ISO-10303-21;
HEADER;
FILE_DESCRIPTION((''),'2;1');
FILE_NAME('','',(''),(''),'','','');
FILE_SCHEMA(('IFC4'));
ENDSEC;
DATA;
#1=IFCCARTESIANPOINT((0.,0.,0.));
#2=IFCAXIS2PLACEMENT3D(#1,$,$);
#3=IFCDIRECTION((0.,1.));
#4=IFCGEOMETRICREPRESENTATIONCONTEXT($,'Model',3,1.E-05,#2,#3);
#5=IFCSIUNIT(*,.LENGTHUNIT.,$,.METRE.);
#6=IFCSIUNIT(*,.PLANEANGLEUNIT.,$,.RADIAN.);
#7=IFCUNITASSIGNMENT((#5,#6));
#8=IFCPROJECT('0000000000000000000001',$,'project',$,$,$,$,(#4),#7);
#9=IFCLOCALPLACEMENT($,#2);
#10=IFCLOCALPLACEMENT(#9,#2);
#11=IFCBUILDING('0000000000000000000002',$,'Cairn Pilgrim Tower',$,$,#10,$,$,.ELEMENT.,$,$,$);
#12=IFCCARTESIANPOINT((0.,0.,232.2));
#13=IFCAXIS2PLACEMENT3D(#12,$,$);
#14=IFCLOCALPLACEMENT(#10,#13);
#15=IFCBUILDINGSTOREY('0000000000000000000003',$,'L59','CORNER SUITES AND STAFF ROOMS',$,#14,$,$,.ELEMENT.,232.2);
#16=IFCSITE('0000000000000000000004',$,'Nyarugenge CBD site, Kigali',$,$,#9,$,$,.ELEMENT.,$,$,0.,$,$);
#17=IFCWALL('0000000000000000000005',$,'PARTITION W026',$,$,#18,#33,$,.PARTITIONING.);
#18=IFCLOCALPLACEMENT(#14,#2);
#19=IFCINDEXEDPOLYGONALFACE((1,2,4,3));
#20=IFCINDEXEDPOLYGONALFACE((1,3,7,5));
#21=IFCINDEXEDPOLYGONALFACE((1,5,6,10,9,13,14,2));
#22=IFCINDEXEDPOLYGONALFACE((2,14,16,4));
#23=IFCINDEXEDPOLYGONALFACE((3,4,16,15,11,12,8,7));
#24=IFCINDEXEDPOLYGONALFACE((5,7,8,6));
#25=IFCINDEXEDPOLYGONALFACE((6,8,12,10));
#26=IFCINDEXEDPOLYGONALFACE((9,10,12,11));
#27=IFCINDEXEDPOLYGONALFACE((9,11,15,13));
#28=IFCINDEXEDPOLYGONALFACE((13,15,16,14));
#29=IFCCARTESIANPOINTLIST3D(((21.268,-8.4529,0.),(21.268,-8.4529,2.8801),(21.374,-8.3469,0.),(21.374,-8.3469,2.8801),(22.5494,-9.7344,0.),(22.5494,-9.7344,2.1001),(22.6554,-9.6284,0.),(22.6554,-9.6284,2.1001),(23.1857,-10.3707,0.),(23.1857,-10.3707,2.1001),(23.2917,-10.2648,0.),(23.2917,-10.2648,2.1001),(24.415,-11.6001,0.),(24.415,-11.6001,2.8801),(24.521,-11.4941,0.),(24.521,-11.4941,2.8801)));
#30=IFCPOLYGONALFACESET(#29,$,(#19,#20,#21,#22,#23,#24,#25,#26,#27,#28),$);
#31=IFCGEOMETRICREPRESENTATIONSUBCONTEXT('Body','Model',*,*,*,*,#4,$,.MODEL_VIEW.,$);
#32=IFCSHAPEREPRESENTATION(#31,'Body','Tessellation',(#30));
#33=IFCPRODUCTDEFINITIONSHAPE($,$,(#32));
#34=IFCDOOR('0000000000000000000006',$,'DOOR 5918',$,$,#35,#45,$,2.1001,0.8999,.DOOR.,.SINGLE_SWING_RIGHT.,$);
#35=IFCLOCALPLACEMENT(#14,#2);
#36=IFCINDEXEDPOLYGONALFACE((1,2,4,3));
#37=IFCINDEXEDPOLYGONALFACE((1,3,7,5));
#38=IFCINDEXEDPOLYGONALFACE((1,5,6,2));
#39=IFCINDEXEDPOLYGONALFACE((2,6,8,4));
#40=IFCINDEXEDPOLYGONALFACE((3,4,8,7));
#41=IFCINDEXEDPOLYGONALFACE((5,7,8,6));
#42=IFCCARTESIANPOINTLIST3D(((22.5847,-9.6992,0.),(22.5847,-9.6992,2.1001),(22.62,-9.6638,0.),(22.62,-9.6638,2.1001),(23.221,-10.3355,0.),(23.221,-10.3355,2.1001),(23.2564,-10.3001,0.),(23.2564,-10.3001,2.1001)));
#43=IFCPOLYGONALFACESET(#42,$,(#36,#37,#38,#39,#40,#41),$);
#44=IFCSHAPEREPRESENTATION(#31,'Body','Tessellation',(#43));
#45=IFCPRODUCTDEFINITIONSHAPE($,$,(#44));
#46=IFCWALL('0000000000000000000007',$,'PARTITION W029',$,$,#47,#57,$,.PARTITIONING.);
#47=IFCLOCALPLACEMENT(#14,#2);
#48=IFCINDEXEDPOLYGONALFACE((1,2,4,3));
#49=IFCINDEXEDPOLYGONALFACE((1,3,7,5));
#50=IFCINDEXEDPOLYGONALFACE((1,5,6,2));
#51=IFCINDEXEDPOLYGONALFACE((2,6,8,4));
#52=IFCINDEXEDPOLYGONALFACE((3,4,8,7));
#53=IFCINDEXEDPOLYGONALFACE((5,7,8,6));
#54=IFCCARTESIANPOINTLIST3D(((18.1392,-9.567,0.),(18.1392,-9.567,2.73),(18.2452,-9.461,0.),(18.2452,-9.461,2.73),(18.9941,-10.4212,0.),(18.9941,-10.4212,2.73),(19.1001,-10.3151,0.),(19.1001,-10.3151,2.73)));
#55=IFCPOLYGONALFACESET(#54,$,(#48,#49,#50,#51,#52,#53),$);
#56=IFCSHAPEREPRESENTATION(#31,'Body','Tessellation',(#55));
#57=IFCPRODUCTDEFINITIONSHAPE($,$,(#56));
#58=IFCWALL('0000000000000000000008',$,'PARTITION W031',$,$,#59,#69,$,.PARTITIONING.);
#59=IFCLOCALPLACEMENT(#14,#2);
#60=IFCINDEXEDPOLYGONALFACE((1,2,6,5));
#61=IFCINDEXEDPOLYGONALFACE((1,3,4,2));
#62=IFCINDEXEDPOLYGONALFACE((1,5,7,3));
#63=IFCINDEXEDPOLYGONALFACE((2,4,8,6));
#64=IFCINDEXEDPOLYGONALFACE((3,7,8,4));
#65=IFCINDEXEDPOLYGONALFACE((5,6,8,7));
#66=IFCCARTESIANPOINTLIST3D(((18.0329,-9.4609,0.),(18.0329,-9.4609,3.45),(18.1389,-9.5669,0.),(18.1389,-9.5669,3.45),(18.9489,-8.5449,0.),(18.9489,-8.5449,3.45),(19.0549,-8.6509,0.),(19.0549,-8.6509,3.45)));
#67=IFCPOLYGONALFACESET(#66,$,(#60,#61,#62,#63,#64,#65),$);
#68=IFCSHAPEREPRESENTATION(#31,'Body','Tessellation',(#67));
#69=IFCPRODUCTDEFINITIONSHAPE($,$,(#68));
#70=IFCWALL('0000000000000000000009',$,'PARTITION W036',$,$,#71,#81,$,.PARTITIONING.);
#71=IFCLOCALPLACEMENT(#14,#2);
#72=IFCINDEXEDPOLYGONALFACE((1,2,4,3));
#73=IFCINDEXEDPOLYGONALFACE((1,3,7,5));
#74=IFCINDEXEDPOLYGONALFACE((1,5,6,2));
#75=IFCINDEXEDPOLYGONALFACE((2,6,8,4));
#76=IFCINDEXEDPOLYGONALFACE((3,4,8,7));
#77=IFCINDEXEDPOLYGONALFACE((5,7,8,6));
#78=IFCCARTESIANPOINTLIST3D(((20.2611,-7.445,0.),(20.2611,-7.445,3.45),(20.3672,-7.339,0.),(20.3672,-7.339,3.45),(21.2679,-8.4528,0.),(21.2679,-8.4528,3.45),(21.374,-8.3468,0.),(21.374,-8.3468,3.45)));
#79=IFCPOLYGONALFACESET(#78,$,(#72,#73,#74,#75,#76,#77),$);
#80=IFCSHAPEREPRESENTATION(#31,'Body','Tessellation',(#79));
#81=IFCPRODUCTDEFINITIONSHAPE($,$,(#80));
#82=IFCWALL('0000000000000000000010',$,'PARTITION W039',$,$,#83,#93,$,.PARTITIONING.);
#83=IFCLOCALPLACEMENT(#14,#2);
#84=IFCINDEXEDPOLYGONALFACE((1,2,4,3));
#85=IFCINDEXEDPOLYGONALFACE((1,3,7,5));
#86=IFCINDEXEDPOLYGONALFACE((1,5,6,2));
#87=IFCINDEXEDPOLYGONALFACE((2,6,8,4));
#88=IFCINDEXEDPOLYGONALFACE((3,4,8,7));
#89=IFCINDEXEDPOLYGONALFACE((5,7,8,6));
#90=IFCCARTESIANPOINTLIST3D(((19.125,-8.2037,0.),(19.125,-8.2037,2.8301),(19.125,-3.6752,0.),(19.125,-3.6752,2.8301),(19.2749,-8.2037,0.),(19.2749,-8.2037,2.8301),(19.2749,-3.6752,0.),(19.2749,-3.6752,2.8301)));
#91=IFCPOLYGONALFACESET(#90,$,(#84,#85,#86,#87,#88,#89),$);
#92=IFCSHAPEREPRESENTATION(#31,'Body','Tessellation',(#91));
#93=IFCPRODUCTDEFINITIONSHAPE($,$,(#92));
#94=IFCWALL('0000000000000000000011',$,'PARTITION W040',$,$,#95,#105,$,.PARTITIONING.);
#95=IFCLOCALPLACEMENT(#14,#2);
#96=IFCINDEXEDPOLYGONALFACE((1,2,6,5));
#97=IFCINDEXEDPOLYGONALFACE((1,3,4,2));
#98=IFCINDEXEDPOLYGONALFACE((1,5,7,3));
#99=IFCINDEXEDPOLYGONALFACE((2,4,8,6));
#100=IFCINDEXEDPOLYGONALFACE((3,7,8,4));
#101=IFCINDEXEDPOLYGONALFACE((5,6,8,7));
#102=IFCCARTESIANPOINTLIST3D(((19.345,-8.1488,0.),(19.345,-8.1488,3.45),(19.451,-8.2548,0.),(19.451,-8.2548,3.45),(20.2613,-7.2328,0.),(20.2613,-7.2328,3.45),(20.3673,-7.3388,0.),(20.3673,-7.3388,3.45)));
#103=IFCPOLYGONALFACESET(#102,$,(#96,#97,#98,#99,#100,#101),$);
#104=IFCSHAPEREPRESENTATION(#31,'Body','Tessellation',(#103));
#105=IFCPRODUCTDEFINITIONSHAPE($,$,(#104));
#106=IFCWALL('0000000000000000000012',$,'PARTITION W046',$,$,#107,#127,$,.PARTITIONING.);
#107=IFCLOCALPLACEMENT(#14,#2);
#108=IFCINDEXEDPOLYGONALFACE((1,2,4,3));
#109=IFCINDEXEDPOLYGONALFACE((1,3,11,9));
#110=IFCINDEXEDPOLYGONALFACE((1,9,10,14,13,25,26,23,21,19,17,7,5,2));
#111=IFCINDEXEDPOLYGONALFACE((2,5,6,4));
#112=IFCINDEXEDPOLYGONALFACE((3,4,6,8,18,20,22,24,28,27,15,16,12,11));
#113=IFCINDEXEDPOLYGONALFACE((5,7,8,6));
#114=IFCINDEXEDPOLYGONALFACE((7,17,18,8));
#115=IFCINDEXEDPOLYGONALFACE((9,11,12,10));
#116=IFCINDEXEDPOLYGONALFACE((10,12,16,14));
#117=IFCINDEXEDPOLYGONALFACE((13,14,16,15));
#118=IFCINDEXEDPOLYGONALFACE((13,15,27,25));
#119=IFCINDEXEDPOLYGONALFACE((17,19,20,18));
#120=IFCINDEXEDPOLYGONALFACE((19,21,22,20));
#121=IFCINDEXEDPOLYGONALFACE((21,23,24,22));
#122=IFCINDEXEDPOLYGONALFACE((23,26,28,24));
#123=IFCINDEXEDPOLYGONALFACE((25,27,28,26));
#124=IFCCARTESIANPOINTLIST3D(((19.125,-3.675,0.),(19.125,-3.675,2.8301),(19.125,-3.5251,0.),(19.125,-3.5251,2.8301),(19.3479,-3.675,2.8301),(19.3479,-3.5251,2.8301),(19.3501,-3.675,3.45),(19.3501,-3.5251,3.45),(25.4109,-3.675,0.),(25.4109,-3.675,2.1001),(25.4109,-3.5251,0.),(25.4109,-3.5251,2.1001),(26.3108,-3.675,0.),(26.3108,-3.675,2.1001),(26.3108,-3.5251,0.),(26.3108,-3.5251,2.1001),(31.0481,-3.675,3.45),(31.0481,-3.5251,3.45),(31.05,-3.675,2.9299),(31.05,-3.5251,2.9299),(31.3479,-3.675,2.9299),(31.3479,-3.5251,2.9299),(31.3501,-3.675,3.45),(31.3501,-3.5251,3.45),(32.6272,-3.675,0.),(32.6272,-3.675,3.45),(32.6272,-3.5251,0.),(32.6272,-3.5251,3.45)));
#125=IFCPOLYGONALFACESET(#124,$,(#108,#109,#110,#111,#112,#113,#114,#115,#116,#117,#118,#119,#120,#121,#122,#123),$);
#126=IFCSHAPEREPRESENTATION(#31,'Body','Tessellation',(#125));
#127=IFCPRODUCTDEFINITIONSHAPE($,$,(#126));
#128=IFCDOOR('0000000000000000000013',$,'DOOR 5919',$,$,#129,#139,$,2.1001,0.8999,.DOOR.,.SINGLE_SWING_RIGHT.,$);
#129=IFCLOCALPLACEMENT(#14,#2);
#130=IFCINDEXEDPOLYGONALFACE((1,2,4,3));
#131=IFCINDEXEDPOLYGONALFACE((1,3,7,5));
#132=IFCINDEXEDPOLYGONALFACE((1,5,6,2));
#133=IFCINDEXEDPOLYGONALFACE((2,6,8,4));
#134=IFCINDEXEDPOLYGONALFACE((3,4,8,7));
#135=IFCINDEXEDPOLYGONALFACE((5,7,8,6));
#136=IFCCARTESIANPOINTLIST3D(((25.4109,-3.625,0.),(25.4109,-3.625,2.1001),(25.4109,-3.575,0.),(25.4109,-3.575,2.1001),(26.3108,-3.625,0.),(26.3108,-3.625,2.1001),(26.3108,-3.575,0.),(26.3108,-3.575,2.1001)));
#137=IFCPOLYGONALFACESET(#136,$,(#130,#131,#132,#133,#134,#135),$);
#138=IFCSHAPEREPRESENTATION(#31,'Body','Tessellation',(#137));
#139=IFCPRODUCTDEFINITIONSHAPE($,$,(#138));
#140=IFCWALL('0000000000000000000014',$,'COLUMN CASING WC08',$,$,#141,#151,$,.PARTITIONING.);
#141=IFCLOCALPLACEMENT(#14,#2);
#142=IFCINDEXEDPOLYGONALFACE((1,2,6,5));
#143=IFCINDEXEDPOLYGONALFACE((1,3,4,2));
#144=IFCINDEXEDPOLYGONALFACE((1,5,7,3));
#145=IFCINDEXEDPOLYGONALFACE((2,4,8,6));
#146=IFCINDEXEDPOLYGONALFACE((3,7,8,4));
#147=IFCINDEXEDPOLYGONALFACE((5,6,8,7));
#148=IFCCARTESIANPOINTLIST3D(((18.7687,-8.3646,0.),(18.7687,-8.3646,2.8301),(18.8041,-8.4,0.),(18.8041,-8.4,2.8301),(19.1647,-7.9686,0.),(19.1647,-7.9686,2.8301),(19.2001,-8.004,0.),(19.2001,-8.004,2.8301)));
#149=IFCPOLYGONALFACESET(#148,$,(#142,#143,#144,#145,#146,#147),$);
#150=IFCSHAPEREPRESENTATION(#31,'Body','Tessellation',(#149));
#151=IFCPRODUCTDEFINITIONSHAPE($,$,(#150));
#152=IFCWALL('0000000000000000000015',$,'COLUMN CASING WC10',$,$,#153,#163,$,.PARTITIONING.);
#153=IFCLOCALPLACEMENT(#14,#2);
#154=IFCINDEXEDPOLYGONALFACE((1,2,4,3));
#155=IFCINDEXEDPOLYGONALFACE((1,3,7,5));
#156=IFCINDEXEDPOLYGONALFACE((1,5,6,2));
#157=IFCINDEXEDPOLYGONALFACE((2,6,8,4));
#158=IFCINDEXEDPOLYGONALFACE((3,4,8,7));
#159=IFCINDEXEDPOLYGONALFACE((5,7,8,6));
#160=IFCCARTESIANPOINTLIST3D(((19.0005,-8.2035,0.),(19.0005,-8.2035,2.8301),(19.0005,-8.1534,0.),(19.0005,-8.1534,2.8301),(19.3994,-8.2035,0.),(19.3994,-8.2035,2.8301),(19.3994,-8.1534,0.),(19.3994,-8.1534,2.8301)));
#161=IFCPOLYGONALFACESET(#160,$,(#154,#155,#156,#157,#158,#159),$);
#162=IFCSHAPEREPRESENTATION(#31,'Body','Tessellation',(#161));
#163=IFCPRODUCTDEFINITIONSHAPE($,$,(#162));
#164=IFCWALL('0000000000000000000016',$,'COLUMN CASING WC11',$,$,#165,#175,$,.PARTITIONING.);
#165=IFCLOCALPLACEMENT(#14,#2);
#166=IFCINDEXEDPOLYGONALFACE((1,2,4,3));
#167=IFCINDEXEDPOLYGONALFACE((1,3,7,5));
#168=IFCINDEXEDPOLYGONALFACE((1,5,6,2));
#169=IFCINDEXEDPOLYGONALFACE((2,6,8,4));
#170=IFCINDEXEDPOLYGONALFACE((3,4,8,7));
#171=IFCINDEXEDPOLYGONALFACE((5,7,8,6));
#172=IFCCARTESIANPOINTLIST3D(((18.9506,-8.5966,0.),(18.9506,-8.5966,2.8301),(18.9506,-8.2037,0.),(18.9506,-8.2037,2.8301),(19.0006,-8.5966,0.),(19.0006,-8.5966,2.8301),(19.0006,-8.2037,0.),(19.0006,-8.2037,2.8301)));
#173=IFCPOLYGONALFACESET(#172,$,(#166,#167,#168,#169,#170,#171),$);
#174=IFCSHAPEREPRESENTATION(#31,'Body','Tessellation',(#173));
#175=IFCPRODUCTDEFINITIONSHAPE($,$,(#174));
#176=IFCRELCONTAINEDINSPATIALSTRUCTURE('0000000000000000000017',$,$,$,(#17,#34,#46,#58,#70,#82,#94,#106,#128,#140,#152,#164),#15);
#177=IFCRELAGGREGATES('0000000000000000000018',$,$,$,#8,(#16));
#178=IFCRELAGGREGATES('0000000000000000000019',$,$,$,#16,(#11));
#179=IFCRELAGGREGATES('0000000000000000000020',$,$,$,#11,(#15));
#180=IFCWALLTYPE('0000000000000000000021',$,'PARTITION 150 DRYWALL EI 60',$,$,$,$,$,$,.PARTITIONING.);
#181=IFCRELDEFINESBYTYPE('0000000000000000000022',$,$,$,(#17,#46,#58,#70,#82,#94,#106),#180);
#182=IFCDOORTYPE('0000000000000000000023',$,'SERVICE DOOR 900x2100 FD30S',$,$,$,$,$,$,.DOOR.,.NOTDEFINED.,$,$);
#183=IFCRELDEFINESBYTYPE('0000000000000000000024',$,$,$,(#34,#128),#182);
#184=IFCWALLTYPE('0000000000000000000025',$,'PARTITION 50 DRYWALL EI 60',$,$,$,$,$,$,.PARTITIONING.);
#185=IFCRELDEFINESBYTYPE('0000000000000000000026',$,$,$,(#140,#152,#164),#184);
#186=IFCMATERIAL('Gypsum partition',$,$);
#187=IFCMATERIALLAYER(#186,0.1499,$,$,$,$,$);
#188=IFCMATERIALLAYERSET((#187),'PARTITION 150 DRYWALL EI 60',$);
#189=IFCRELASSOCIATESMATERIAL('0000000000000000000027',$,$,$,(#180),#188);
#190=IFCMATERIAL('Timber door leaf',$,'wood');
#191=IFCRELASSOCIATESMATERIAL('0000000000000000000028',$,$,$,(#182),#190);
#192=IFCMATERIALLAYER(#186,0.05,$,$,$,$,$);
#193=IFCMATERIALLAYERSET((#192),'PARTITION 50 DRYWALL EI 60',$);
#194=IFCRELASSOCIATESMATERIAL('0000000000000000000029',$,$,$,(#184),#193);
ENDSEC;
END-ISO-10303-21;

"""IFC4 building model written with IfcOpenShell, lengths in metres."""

from ifc_helpers import new_model, si_unit, direction, frame, frame_2d, origin, place, context, subcontext, project, spatial, polyline, rectangle, outline, extrude, material, layer, layer_set, type_object, element, fill, save


model = new_model("IFC4")

# Units and contexts
model_context = context("Model", 3, precision=1e-05, world=origin(), true_north=direction((0.0, 1.0)))
body_context = subcontext(model_context, "Body", "Model", "MODEL_VIEW")
ifc_project = project(units=[si_unit("LENGTHUNIT", "METRE"), si_unit("PLANEANGLEUNIT", "RADIAN")], contexts=[model_context])

# Site, building, storey
site_placement = place(None, origin())
site = spatial("IfcSite", under=ifc_project, at=site_placement, Name="Nyarugenge CBD site, Kigali", CompositionType="ELEMENT", RefElevation=0.0)
building_placement = place(site_placement, origin())
building = spatial("IfcBuilding", under=site, at=building_placement, Name="Cairn Pilgrim Tower", CompositionType="ELEMENT")
storey_placement = place(building_placement, frame((0.0, 0.0, 232.2)))
storey = spatial("IfcBuildingStorey", under=building, at=storey_placement, Name="L59", Description="CORNER SUITES AND STAFF ROOMS", CompositionType="ELEMENT", Elevation=232.2)

# Shared definitions
ifc_material_1 = material(Name="Gypsum partition")
ifc_layer_1 = layer(ifc_material_1, 0.1499)
ifc_layer_set_1 = layer_set([ifc_layer_1], Name="PARTITION 150 DRYWALL EI 60")
wall_type_1 = type_object("IfcWallType", Name="PARTITION 150 DRYWALL EI 60", PredefinedType="PARTITIONING", material=ifc_layer_set_1)
ifc_material_2 = material(Name="Timber door leaf", Category="wood")
door_type_1 = type_object("IfcDoorType", Name="SERVICE DOOR 900x2100 FD30S", OperationType="NOTDEFINED", PredefinedType="DOOR", material=ifc_material_2)

# Wall, opening, door
wall_1_placement = place(storey_placement, frame((24.468, -11.5471, 0.0), z_axis=(0.0, 0.0, 1.0), x_axis=(-0.707079, 0.707134, 0.0)))
wall_1 = element("IfcWall", 1, at=wall_1_placement, inside=storey, type_object=wall_type_1, Name="PARTITION W026", PredefinedType="PARTITIONING", context=body_context, shape_type="SweptSolid", body=[
    extrude(rectangle(XDim=4.4507, YDim=0.1499, at=frame_2d((2.2253, 0.0))), origin(), (0.0, 0.0, 1.0), 2.8801),
])
opening_1_placement = place(wall_1_placement, frame((1.7385, 0.0, 0.0)))
opening_1 = element("IfcOpeningElement", 2, at=opening_1_placement, cuts=wall_1, PredefinedType="OPENING", context=body_context, shape_type="SweptSolid", body=[
    extrude(rectangle(XDim=0.8999, YDim=2.1001, at=frame_2d((0.45, 1.05))), frame((0.0, 0.085, 0.0), z_axis=(0.0, -1.0, 0.0), x_axis=(1.0, 0.0, 0.0)), (0.0, 0.0, 1.0), 0.1699),
])
door_1_placement = place(opening_1_placement, frame((0.8999, 0.0, 0.0), z_axis=(0.0, 0.0, 1.0), x_axis=(-1.0, 0.0, 0.0)))
door_1 = element("IfcDoor", 3, at=door_1_placement, inside=storey, type_object=door_type_1, Name="DOOR 5918", OperationType="SINGLE_SWING_RIGHT", OverallHeight=2.1001, OverallWidth=0.8999, PredefinedType="DOOR", context=body_context, shape_type="SweptSolid", body=[
    extrude(rectangle(XDim=0.8999, YDim=2.1001, at=frame_2d((0.45, 1.05))), frame((0.0, 0.0249, 0.0), z_axis=(0.0, -1.0, 0.0), x_axis=(1.0, 0.0, 0.0)), (0.0, 0.0, 1.0), 0.05),
])
fill(opening_1, door_1)

# Walls
wall_2_placement = place(storey_placement, frame((19.0471, -10.3682, 0.0), z_axis=(0.0, 0.0, 1.0), x_axis=(-0.70741, 0.706804, 0.0)))
element("IfcWall", 4, at=wall_2_placement, inside=storey, type_object=wall_type_1, Name="PARTITION W029", PredefinedType="PARTITIONING", context=body_context, shape_type="SweptSolid", body=[
    extrude(rectangle(XDim=1.2085, YDim=0.1499, at=frame_2d((0.6042, 0.0))), origin(), (0.0, 0.0, 1.0), 2.73),
])
wall_3_placement = place(storey_placement, frame((18.0859, -9.5139, 0.0), z_axis=(0.0, 0.0, 1.0), x_axis=(0.707107, 0.707107, 0.0)))
element("IfcWall", 5, at=wall_3_placement, inside=storey, type_object=wall_type_1, Name="PARTITION W031", PredefinedType="PARTITIONING", context=body_context, shape_type="SweptSolid", body=[
    extrude(rectangle(XDim=1.2954, YDim=0.1499, at=frame_2d((0.6477, 0.0))), origin(), (0.0, 0.0, 1.0), 3.45),
])
wall_4_placement = place(storey_placement, frame((21.321, -8.3999, 0.0), z_axis=(0.0, 0.0, 1.0), x_axis=(-0.706764, 0.707449, 0.0)))
element("IfcWall", 6, at=wall_4_placement, inside=storey, type_object=wall_type_1, Name="PARTITION W036", PredefinedType="PARTITIONING", context=body_context, shape_type="SweptSolid", body=[
    extrude(rectangle(XDim=1.4246, YDim=0.1499, at=frame_2d((0.7124, 0.0))), origin(), (0.0, 0.0, 1.0), 3.45),
])
wall_5_placement = place(storey_placement, frame((19.2, -8.2036, 0.0), z_axis=(0.0, 0.0, 1.0), x_axis=(0.0, 1.0, 0.0)))
element("IfcWall", 7, at=wall_5_placement, inside=storey, type_object=wall_type_1, Name="PARTITION W039", PredefinedType="PARTITIONING", context=body_context, shape_type="SweptSolid", body=[
    extrude(rectangle(XDim=4.5286, YDim=0.1499, at=frame_2d((2.2642, 0.0))), origin(), (0.0, 0.0, 1.0), 2.8301),
])
wall_6_placement = place(storey_placement, frame((19.3979, -8.2019, 0.0), z_axis=(0.0, 0.0, 1.0), x_axis=(0.707201, 0.707013, 0.0)))
element("IfcWall", 8, at=wall_6_placement, inside=storey, type_object=wall_type_1, Name="PARTITION W040", PredefinedType="PARTITIONING", context=body_context, shape_type="SweptSolid", body=[
    extrude(rectangle(XDim=1.2957, YDim=0.1499, at=frame_2d((0.6479, 0.0))), origin(), (0.0, 0.0, 1.0), 3.45),
])

# Wall, opening, door
wall_7_placement = place(storey_placement, frame((19.125, -3.6001, 0.0), z_axis=(0.0, 0.0, 1.0), x_axis=(1.0, 0.0, 0.0)))
wall_7 = element("IfcWall", 9, at=wall_7_placement, inside=storey, type_object=wall_type_1, Name="PARTITION W046", PredefinedType="PARTITIONING", context=body_context, shape_type="SweptSolid", body=[
    extrude(outline(polyline([(0.0, 0.0), (13.5022, 0.0), (13.5022, 3.45), (12.2251, 3.45), (12.2229, 2.9299), (11.925, 2.9299), (11.9231, 3.45), (0.2251, 3.45), (0.2229, 2.8301), (0.0, 2.8301), (0.0, 0.0)])), frame((0.0, 0.075, 0.0), z_axis=(0.0, -1.0, 0.0), x_axis=(1.0, 0.0, 0.0)), (0.0, 0.0, 1.0), 0.1499),
])
opening_2_placement = place(wall_7_placement, frame((6.2859, 0.0, 0.0)))
opening_2 = element("IfcOpeningElement", 10, at=opening_2_placement, cuts=wall_7, PredefinedType="OPENING", context=body_context, shape_type="SweptSolid", body=[
    extrude(rectangle(XDim=0.8999, YDim=2.1001, at=frame_2d((0.45, 1.05))), frame((0.0, 0.085, 0.0), z_axis=(0.0, -1.0, 0.0), x_axis=(1.0, 0.0, 0.0)), (0.0, 0.0, 1.0), 0.1699),
])
door_2_placement = place(opening_2_placement, frame((0.8999, 0.0, 0.0), z_axis=(0.0, 0.0, 1.0), x_axis=(-1.0, 0.0, 0.0)))
door_2 = element("IfcDoor", 11, at=door_2_placement, inside=storey, type_object=door_type_1, Name="DOOR 5919", OperationType="SINGLE_SWING_RIGHT", OverallHeight=2.1001, OverallWidth=0.8999, PredefinedType="DOOR", context=body_context, shape_type="SweptSolid", body=[
    extrude(rectangle(XDim=0.8999, YDim=2.1001, at=frame_2d((0.45, 1.05))), frame((0.0, 0.0249, 0.0), z_axis=(0.0, -1.0, 0.0), x_axis=(1.0, 0.0, 0.0)), (0.0, 0.0, 1.0), 0.05),
])
fill(opening_2, door_2)

# Walls
ifc_layer_2 = layer(ifc_material_1, 0.05)
ifc_layer_set_2 = layer_set([ifc_layer_2], Name="PARTITION 50 DRYWALL EI 60")
wall_type_2 = type_object("IfcWallType", Name="PARTITION 50 DRYWALL EI 60", PredefinedType="PARTITIONING", material=ifc_layer_set_2)
wall_8_placement = place(storey_placement, frame((18.7864, -8.3823, 0.0), z_axis=(0.0, 0.0, 1.0), x_axis=(0.707107, 0.707107, 0.0)))
element("IfcWall", 12, at=wall_8_placement, inside=storey, type_object=wall_type_2, Name="COLUMN CASING WC08", PredefinedType="PARTITIONING", context=body_context, shape_type="SweptSolid", body=[
    extrude(rectangle(XDim=0.5601, YDim=0.05, at=frame_2d((0.28, 0.0))), origin(), (0.0, 0.0, 1.0), 2.8301),
])
wall_9_placement = place(storey_placement, frame((19.0005, -8.1785, 0.0), z_axis=(0.0, 0.0, 1.0), x_axis=(1.0, 0.0, 0.0)))
element("IfcWall", 13, at=wall_9_placement, inside=storey, type_object=wall_type_2, Name="COLUMN CASING WC10", PredefinedType="PARTITIONING", context=body_context, shape_type="SweptSolid", body=[
    extrude(rectangle(XDim=0.3989, YDim=0.05, at=frame_2d((0.1995, 0.0))), origin(), (0.0, 0.0, 1.0), 2.8301),
])
wall_10_placement = place(storey_placement, frame((18.9756, -8.5964, 0.0), z_axis=(0.0, 0.0, 1.0), x_axis=(0.0, 1.0, 0.0)))
element("IfcWall", 14, at=wall_10_placement, inside=storey, type_object=wall_type_2, Name="COLUMN CASING WC11", PredefinedType="PARTITIONING", context=body_context, shape_type="SweptSolid", body=[
    extrude(rectangle(XDim=0.3928, YDim=0.05, at=frame_2d((0.1963, 0.0))), origin(), (0.0, 0.0, 1.0), 2.8301),
])

save(model, "model.ifc")
